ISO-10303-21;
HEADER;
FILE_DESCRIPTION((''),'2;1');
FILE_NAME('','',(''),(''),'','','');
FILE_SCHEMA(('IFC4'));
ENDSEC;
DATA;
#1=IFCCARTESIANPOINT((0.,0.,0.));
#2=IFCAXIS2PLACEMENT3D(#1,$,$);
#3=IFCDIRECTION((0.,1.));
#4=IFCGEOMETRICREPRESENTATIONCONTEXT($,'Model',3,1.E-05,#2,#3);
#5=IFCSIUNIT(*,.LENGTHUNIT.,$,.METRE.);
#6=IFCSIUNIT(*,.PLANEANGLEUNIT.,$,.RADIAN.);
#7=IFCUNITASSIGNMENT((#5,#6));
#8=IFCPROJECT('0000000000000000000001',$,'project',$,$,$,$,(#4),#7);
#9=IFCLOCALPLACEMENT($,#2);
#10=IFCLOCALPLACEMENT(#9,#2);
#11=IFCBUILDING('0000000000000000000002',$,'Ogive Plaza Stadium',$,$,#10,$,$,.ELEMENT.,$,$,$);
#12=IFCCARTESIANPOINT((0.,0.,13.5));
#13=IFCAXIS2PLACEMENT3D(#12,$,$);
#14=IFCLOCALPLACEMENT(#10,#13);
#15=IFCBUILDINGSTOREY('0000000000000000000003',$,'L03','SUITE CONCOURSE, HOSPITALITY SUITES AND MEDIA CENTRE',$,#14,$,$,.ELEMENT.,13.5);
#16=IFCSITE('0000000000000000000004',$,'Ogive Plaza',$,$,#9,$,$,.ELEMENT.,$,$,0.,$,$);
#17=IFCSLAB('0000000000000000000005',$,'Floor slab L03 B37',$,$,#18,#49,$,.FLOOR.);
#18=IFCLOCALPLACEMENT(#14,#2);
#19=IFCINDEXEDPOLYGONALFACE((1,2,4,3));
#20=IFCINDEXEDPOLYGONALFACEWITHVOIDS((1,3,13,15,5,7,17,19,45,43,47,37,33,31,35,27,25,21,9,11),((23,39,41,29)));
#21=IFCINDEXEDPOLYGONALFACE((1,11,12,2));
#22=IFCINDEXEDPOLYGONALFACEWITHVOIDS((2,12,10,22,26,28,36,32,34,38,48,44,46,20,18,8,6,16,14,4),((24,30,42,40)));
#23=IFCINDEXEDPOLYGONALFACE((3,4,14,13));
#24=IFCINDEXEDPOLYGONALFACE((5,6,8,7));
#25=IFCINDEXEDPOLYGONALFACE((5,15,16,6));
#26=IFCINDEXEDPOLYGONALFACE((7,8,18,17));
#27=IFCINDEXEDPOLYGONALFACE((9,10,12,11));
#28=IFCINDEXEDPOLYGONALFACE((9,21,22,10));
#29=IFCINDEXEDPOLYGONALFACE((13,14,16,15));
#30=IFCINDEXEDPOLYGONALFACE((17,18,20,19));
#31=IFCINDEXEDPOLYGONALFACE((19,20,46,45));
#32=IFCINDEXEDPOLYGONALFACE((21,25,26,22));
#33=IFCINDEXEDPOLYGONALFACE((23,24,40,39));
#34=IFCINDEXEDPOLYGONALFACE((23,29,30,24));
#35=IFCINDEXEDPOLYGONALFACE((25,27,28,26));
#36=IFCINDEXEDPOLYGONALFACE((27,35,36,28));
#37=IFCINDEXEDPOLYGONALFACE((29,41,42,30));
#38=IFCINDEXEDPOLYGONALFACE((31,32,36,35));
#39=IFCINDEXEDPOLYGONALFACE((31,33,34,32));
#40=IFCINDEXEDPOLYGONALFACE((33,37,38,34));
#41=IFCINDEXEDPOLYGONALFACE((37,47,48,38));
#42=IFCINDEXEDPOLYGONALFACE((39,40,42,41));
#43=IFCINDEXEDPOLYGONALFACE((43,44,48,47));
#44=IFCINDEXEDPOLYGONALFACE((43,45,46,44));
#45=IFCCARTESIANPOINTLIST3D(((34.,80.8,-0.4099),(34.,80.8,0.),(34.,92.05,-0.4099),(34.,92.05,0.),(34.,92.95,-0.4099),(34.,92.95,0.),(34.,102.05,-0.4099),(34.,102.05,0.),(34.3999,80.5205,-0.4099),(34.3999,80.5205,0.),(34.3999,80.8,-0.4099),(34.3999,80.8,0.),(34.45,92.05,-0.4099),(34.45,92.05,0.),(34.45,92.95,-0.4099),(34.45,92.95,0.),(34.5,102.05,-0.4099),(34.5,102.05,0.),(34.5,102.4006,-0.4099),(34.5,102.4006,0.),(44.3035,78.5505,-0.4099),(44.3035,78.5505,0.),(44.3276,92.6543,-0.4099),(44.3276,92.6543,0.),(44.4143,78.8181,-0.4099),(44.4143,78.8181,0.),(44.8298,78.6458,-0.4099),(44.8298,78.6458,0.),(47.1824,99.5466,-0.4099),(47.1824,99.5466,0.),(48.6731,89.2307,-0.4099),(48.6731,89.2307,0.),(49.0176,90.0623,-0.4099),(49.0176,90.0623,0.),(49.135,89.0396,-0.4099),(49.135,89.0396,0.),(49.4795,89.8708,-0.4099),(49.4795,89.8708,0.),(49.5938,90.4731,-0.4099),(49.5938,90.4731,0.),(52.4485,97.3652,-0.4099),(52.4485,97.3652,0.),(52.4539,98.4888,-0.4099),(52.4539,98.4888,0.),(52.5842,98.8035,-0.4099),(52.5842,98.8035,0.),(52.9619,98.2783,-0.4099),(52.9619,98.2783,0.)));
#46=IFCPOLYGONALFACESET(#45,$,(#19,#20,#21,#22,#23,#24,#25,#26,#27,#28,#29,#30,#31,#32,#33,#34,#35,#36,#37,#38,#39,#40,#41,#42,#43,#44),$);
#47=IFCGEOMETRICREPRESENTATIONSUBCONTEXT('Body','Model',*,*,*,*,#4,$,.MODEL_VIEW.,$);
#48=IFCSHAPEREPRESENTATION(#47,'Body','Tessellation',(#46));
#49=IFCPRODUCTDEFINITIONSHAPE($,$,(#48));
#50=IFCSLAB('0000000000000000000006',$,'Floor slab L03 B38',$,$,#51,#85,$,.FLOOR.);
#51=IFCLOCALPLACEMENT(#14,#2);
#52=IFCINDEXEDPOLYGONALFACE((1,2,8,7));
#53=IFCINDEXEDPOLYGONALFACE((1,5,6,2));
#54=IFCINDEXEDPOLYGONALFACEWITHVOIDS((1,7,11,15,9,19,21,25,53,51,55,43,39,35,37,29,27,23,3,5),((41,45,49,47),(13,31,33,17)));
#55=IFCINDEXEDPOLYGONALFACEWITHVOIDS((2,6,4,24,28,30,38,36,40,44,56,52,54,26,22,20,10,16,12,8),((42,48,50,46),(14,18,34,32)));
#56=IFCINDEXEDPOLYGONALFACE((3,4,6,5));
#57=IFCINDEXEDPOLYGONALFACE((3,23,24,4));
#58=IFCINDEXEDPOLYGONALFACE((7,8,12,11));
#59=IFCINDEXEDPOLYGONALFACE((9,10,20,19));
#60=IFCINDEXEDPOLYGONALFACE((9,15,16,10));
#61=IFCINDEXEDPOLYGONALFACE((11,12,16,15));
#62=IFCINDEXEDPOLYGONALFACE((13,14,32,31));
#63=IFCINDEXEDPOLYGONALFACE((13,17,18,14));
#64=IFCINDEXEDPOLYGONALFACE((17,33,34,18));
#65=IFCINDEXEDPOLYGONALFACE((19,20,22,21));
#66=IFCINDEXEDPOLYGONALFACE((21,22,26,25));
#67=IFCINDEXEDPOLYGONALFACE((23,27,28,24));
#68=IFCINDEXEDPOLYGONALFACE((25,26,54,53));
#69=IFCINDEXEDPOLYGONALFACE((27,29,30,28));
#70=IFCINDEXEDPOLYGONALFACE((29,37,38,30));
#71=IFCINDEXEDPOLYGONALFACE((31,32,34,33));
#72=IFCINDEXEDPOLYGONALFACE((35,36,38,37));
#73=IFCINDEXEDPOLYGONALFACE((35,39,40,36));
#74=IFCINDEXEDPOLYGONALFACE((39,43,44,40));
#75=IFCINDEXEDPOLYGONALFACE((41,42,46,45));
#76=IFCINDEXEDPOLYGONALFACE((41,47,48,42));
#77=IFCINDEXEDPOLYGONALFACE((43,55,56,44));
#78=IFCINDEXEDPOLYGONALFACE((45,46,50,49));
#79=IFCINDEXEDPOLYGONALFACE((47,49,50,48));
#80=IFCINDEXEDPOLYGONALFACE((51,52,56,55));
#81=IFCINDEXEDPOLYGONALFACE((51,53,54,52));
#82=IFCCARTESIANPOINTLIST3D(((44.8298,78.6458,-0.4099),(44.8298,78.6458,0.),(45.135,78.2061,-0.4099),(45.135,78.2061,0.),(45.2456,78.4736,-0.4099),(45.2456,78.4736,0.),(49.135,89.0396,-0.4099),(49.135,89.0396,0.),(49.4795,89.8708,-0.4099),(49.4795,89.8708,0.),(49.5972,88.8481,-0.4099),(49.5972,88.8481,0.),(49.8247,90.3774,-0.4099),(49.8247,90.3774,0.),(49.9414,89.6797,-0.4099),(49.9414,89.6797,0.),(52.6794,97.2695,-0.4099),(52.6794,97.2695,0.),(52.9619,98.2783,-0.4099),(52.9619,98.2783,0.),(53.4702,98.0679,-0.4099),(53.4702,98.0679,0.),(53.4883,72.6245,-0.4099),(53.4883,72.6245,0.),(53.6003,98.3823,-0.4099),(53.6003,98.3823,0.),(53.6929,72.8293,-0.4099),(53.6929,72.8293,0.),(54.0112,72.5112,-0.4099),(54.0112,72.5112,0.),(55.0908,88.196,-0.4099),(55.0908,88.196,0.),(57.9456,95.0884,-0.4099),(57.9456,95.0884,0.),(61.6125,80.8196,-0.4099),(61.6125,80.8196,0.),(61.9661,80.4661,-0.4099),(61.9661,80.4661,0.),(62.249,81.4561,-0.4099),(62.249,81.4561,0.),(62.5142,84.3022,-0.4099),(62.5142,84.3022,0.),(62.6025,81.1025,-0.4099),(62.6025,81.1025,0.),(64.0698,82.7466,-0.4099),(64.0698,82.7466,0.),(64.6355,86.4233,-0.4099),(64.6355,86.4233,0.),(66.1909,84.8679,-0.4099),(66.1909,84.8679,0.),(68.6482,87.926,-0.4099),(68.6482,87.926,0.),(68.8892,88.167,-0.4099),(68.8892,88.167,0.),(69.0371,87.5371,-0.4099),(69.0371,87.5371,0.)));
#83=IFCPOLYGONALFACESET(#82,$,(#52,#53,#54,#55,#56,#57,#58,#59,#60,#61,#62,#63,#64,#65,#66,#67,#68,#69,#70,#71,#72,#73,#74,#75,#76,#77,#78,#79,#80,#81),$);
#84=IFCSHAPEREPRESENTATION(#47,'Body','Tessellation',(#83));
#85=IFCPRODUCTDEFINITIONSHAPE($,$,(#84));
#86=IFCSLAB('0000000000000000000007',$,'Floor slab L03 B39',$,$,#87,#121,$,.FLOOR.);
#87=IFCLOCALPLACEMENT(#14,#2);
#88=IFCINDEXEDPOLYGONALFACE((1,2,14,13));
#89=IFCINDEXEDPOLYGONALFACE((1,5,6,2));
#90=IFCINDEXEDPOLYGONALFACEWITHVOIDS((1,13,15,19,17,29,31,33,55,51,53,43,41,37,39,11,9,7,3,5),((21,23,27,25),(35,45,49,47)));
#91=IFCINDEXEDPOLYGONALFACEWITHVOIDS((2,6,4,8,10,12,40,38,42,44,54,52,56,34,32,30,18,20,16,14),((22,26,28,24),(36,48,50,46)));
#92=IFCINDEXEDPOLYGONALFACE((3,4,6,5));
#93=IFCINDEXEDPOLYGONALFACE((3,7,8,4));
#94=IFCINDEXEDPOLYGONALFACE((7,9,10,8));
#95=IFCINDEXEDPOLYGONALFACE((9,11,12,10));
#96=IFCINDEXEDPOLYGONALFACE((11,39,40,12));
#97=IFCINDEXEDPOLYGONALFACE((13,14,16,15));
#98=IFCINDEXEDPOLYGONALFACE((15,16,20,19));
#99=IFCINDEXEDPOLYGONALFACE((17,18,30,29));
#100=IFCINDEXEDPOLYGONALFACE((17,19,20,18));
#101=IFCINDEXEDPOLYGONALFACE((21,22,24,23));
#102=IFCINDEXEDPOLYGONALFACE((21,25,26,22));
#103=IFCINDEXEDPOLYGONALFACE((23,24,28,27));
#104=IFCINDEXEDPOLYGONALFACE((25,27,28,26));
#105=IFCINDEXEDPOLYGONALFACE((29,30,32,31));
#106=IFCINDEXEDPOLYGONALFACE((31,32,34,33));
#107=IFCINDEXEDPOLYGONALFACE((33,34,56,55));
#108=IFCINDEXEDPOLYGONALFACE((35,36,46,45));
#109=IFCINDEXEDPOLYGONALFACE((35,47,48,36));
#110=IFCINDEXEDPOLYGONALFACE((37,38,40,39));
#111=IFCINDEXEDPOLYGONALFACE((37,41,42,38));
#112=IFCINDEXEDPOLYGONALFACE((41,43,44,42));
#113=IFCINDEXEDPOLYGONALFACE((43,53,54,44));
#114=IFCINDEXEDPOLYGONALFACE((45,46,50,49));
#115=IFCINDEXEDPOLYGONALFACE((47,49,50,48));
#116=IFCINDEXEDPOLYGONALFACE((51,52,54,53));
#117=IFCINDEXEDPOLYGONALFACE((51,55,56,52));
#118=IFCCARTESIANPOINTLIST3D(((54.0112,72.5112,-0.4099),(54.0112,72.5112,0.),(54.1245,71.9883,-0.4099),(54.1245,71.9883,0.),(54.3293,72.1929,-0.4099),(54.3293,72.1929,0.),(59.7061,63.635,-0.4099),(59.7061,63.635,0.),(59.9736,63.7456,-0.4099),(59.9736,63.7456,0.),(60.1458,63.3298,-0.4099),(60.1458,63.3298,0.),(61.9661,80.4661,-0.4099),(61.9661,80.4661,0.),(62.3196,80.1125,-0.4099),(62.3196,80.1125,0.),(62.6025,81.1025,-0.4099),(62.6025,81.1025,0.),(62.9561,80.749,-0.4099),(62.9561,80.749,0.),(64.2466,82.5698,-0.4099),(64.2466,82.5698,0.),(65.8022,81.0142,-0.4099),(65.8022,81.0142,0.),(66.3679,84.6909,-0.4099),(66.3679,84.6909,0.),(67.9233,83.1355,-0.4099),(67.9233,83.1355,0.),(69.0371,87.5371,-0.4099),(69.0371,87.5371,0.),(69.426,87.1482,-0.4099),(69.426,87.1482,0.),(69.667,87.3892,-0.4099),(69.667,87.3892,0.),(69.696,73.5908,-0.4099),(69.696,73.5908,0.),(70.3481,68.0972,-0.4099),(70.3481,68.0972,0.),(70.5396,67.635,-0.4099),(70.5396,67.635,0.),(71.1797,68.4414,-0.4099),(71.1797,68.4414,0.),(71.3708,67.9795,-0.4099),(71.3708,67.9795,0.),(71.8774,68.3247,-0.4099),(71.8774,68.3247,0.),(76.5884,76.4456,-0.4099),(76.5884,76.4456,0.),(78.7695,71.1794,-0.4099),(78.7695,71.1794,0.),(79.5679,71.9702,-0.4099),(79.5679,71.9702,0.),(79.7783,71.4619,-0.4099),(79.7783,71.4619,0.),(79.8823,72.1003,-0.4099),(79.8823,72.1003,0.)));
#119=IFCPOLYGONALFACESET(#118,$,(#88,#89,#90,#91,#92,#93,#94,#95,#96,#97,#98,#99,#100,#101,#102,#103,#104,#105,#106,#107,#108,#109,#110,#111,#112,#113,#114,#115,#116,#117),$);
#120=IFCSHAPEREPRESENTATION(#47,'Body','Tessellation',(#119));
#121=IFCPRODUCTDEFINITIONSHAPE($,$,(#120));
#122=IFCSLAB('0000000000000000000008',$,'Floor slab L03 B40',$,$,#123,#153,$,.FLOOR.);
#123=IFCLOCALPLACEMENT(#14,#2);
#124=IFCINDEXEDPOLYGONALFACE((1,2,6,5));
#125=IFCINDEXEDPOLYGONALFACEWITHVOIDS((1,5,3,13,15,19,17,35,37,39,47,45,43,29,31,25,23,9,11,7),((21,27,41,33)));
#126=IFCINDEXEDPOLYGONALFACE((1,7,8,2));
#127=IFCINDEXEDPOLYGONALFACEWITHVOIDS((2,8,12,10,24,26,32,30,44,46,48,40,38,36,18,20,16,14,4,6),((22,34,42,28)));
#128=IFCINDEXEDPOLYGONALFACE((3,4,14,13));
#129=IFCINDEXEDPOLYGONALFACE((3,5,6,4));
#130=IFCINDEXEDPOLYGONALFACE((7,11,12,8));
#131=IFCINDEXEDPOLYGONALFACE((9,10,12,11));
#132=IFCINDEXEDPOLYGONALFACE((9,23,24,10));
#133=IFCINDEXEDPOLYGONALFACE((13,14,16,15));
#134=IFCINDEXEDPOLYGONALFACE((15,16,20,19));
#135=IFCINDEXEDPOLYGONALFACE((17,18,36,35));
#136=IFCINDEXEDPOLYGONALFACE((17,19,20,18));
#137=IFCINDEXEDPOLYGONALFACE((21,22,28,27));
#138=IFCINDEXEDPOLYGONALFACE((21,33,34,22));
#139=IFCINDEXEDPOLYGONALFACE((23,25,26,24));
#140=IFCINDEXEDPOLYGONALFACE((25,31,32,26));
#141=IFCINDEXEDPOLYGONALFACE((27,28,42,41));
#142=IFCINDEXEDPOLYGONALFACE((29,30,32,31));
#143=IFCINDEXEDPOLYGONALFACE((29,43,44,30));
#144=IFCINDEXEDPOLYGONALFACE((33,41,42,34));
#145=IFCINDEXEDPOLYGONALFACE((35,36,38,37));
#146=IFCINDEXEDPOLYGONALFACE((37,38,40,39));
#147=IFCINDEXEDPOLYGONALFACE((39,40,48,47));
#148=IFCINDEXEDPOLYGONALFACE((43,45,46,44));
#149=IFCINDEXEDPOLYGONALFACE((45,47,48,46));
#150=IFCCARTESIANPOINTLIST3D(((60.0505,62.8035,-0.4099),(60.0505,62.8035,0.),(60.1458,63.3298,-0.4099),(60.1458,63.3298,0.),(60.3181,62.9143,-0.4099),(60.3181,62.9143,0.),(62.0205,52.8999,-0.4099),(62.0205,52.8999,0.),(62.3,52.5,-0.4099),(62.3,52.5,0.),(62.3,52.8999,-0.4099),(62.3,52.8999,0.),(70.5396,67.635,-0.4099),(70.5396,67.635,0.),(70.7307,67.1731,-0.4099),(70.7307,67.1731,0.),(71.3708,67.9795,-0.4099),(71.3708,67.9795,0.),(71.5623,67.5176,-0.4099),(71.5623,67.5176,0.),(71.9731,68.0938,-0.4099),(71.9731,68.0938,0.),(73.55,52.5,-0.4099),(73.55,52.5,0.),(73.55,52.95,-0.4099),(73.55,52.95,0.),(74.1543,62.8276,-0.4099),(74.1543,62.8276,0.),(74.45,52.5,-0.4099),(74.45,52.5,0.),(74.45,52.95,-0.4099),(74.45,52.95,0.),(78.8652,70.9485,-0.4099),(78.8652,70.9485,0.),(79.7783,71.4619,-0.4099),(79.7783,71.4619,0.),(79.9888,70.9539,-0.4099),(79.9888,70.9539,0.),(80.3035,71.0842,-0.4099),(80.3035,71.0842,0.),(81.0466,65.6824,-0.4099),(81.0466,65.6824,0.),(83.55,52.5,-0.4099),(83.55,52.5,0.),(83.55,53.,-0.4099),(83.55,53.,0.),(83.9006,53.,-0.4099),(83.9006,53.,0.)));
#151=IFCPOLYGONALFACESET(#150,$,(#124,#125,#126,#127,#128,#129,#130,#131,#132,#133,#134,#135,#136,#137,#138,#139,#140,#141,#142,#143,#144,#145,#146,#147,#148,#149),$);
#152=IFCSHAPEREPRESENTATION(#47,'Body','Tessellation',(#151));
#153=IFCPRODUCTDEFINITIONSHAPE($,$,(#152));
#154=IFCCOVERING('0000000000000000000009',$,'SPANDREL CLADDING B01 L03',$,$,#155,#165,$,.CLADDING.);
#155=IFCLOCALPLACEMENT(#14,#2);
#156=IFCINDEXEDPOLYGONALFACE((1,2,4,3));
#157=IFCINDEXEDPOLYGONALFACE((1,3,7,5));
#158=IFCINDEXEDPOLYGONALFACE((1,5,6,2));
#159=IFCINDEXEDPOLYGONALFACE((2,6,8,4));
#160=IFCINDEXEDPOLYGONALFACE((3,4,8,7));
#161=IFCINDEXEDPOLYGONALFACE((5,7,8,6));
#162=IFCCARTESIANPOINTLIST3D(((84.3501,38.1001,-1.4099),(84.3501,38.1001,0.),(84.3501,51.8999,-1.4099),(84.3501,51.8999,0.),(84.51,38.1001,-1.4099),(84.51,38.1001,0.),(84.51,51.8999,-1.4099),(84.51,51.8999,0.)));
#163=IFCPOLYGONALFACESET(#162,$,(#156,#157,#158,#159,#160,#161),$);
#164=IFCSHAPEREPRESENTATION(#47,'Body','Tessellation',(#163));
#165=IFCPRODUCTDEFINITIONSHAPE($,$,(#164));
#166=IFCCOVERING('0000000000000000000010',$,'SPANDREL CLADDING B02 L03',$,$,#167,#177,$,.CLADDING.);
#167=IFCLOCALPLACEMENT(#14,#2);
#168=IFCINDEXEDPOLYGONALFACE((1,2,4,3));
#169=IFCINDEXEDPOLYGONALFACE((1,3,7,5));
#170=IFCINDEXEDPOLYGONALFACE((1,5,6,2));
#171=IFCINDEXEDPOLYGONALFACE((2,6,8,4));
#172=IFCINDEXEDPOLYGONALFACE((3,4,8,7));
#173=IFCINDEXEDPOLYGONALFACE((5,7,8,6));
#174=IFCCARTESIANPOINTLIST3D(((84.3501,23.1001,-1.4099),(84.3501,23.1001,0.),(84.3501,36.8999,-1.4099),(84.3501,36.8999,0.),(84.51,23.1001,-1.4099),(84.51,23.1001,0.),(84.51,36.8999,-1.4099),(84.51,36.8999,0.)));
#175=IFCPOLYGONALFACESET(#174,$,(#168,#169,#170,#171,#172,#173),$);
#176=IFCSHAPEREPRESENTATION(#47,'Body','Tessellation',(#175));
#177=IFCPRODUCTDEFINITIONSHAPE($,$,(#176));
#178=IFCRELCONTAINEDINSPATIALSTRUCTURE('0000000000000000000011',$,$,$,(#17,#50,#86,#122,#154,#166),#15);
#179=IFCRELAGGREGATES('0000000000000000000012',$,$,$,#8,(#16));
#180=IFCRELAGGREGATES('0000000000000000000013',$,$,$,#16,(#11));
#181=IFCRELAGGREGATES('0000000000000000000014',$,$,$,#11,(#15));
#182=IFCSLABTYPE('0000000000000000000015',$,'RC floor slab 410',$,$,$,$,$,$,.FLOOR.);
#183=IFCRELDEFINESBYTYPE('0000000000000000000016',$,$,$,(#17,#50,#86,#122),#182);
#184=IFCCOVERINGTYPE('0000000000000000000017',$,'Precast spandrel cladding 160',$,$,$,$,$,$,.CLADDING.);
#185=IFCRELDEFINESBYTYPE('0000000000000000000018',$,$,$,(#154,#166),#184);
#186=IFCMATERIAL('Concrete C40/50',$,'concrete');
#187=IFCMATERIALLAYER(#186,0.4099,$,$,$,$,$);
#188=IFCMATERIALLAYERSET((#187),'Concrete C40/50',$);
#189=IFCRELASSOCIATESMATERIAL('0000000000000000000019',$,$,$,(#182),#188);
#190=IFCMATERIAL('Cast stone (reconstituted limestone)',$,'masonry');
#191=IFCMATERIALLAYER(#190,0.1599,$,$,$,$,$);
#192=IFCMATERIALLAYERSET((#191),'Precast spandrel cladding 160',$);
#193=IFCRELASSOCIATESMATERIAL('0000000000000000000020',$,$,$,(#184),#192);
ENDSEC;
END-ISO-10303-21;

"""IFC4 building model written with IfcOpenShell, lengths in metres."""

from ifc_helpers import new_model, si_unit, direction, frame, origin, place, context, subcontext, project, spatial, polyline, outline, extrude, material, layer, layer_set, type_object, element, save


model = new_model("IFC4")

# Units and contexts
model_context = context("Model", 3, precision=1e-05, world=origin(), true_north=direction((0.0, 1.0)))
body_context = subcontext(model_context, "Body", "Model", "MODEL_VIEW")
ifc_project = project(units=[si_unit("LENGTHUNIT", "METRE"), si_unit("PLANEANGLEUNIT", "RADIAN")], contexts=[model_context])

# Site, building, storey
site_placement = place(None, origin())
site = spatial("IfcSite", under=ifc_project, at=site_placement, Name="Ogive Plaza", CompositionType="ELEMENT", RefElevation=0.0)
building_placement = place(site_placement, origin())
building = spatial("IfcBuilding", under=site, at=building_placement, Name="Ogive Plaza Stadium", CompositionType="ELEMENT")
storey_placement = place(building_placement, frame((0.0, 0.0, 13.5)))
storey = spatial("IfcBuildingStorey", under=building, at=storey_placement, Name="L03", Description="SUITE CONCOURSE, HOSPITALITY SUITES AND MEDIA CENTRE", CompositionType="ELEMENT", Elevation=13.5)

# Slabs
ifc_material_1 = material(Name="Concrete C40/50", Category="concrete")
ifc_layer_1 = layer(ifc_material_1, 0.4099)
ifc_layer_set_1 = layer_set([ifc_layer_1], Name="Concrete C40/50")
slab_type = type_object("IfcSlabType", Name="RC floor slab 410", PredefinedType="FLOOR", material=ifc_layer_set_1)
slab_1_placement = place(storey_placement, frame((0.0, 0.0, -0.4099)))
element("IfcSlab", 1, at=slab_1_placement, inside=storey, type_object=slab_type, Name="Floor slab L03 B37", PredefinedType="FLOOR", context=body_context, shape_type="SweptSolid", body=[
    extrude(outline(polyline([(49.135, 89.0396), (48.6731, 89.2307), (49.0176, 90.0623), (49.4795, 89.8708), (52.9619, 98.2783), (52.4539, 98.4888), (52.5842, 98.8035), (34.5, 102.4006), (34.5, 102.05), (34.0, 102.05), (34.0, 92.95), (34.45, 92.95), (34.45, 92.05), (34.0, 92.05), (34.0, 80.8), (34.3999, 80.8), (34.3999, 80.5205), (44.3035, 78.5505), (44.4143, 78.8181), (44.8298, 78.6458), (49.135, 89.0396)]), holes=[polyline([(44.3276, 92.6543), (49.5938, 90.4731), (52.4485, 97.3652), (47.1824, 99.5466), (44.3276, 92.6543)])]), origin(), (0.0, 0.0, 1.0), 0.4099),
])
slab_2_placement = place(storey_placement, frame((0.0, 0.0, -0.4099)))
element("IfcSlab", 2, at=slab_2_placement, inside=storey, type_object=slab_type, Name="Floor slab L03 B38", PredefinedType="FLOOR", context=body_context, shape_type="SweptSolid", body=[
    extrude(outline(polyline([(61.9661, 80.4661), (61.6125, 80.8196), (62.249, 81.4561), (62.6025, 81.1025), (69.0371, 87.5371), (68.6482, 87.926), (68.8892, 88.167), (53.6003, 98.3823), (53.4702, 98.0679), (52.9619, 98.2783), (49.4795, 89.8708), (49.9414, 89.6797), (49.5972, 88.8481), (49.135, 89.0396), (44.8298, 78.6458), (45.2456, 78.4736), (45.135, 78.2061), (53.4883, 72.6245), (53.6929, 72.8293), (54.0112, 72.5112), (61.9661, 80.4661)]), holes=[polyline([(62.5142, 84.3022), (64.0698, 82.7466), (66.1909, 84.8679), (64.6355, 86.4233), (62.5142, 84.3022)]), polyline([(49.8247, 90.3774), (55.0908, 88.196), (57.9456, 95.0884), (52.6794, 97.2695), (49.8247, 90.3774)])]), origin(), (0.0, 0.0, 1.0), 0.4099),
])
slab_3_placement = place(storey_placement, frame((0.0, 0.0, -0.4099)))
element("IfcSlab", 3, at=slab_3_placement, inside=storey, type_object=slab_type, Name="Floor slab L03 B39", PredefinedType="FLOOR", context=body_context, shape_type="SweptSolid", body=[
    extrude(outline(polyline([(70.5396, 67.635), (70.3481, 68.0972), (71.1797, 68.4414), (71.3708, 67.9795), (79.7783, 71.4619), (79.5679, 71.9702), (79.8823, 72.1003), (69.667, 87.3892), (69.426, 87.1482), (69.0371, 87.5371), (62.6025, 81.1025), (62.9561, 80.749), (62.3196, 80.1125), (61.9661, 80.4661), (54.0112, 72.5112), (54.3293, 72.1929), (54.1245, 71.9883), (59.7061, 63.635), (59.9736, 63.7456), (60.1458, 63.3298), (70.5396, 67.635)]), holes=[polyline([(69.696, 73.5908), (71.8774, 68.3247), (78.7695, 71.1794), (76.5884, 76.4456), (69.696, 73.5908)]), polyline([(64.2466, 82.5698), (65.8022, 81.0142), (67.9233, 83.1355), (66.3679, 84.6909), (64.2466, 82.5698)])]), origin(), (0.0, 0.0, 1.0), 0.4099),
])
slab_4_placement = place(storey_placement, frame((0.0, 0.0, -0.4099)))
element("IfcSlab", 4, at=slab_4_placement, inside=storey, type_object=slab_type, Name="Floor slab L03 B40", PredefinedType="FLOOR", context=body_context, shape_type="SweptSolid", body=[
    extrude(outline(polyline([(73.55, 52.5), (73.55, 52.95), (74.45, 52.95), (74.45, 52.5), (83.55, 52.5), (83.55, 53.0), (83.9006, 53.0), (80.3035, 71.0842), (79.9888, 70.9539), (79.7783, 71.4619), (71.3708, 67.9795), (71.5623, 67.5176), (70.7307, 67.1731), (70.5396, 67.635), (60.1458, 63.3298), (60.3181, 62.9143), (60.0505, 62.8035), (62.0205, 52.8999), (62.3, 52.8999), (62.3, 52.5), (73.55, 52.5)]), holes=[polyline([(71.9731, 68.0938), (74.1543, 62.8276), (81.0466, 65.6824), (78.8652, 70.9485), (71.9731, 68.0938)])]), origin(), (0.0, 0.0, 1.0), 0.4099),
])

# Coverings
ifc_material_2 = material(Name="Cast stone (reconstituted limestone)", Category="masonry")
ifc_layer_2 = layer(ifc_material_2, 0.1599)
ifc_layer_set_2 = layer_set([ifc_layer_2], Name="Precast spandrel cladding 160")
covering_type = type_object("IfcCoveringType", Name="Precast spandrel cladding 160", PredefinedType="CLADDING", material=ifc_layer_set_2)
covering_1_placement = place(storey_placement, frame((0.0, 0.0, -1.4099)))
element("IfcCovering", 5, at=covering_1_placement, inside=storey, type_object=covering_type, Name="SPANDREL CLADDING B01 L03", PredefinedType="CLADDING", context=body_context, shape_type="SweptSolid", body=[
    extrude(outline(polyline([(84.3501, 51.8999), (84.3501, 38.1001), (84.51, 38.1001), (84.51, 51.8999), (84.3501, 51.8999)])), origin(), (0.0, 0.0, 1.0), 1.4099),
])
covering_2_placement = place(storey_placement, frame((0.0, 0.0, -1.4099)))
element("IfcCovering", 6, at=covering_2_placement, inside=storey, type_object=covering_type, Name="SPANDREL CLADDING B02 L03", PredefinedType="CLADDING", context=body_context, shape_type="SweptSolid", body=[
    extrude(outline(polyline([(84.3501, 36.8999), (84.3501, 23.1001), (84.51, 23.1001), (84.51, 36.8999), (84.3501, 36.8999)])), origin(), (0.0, 0.0, 1.0), 1.4099),
])

save(model, "model.ifc")
